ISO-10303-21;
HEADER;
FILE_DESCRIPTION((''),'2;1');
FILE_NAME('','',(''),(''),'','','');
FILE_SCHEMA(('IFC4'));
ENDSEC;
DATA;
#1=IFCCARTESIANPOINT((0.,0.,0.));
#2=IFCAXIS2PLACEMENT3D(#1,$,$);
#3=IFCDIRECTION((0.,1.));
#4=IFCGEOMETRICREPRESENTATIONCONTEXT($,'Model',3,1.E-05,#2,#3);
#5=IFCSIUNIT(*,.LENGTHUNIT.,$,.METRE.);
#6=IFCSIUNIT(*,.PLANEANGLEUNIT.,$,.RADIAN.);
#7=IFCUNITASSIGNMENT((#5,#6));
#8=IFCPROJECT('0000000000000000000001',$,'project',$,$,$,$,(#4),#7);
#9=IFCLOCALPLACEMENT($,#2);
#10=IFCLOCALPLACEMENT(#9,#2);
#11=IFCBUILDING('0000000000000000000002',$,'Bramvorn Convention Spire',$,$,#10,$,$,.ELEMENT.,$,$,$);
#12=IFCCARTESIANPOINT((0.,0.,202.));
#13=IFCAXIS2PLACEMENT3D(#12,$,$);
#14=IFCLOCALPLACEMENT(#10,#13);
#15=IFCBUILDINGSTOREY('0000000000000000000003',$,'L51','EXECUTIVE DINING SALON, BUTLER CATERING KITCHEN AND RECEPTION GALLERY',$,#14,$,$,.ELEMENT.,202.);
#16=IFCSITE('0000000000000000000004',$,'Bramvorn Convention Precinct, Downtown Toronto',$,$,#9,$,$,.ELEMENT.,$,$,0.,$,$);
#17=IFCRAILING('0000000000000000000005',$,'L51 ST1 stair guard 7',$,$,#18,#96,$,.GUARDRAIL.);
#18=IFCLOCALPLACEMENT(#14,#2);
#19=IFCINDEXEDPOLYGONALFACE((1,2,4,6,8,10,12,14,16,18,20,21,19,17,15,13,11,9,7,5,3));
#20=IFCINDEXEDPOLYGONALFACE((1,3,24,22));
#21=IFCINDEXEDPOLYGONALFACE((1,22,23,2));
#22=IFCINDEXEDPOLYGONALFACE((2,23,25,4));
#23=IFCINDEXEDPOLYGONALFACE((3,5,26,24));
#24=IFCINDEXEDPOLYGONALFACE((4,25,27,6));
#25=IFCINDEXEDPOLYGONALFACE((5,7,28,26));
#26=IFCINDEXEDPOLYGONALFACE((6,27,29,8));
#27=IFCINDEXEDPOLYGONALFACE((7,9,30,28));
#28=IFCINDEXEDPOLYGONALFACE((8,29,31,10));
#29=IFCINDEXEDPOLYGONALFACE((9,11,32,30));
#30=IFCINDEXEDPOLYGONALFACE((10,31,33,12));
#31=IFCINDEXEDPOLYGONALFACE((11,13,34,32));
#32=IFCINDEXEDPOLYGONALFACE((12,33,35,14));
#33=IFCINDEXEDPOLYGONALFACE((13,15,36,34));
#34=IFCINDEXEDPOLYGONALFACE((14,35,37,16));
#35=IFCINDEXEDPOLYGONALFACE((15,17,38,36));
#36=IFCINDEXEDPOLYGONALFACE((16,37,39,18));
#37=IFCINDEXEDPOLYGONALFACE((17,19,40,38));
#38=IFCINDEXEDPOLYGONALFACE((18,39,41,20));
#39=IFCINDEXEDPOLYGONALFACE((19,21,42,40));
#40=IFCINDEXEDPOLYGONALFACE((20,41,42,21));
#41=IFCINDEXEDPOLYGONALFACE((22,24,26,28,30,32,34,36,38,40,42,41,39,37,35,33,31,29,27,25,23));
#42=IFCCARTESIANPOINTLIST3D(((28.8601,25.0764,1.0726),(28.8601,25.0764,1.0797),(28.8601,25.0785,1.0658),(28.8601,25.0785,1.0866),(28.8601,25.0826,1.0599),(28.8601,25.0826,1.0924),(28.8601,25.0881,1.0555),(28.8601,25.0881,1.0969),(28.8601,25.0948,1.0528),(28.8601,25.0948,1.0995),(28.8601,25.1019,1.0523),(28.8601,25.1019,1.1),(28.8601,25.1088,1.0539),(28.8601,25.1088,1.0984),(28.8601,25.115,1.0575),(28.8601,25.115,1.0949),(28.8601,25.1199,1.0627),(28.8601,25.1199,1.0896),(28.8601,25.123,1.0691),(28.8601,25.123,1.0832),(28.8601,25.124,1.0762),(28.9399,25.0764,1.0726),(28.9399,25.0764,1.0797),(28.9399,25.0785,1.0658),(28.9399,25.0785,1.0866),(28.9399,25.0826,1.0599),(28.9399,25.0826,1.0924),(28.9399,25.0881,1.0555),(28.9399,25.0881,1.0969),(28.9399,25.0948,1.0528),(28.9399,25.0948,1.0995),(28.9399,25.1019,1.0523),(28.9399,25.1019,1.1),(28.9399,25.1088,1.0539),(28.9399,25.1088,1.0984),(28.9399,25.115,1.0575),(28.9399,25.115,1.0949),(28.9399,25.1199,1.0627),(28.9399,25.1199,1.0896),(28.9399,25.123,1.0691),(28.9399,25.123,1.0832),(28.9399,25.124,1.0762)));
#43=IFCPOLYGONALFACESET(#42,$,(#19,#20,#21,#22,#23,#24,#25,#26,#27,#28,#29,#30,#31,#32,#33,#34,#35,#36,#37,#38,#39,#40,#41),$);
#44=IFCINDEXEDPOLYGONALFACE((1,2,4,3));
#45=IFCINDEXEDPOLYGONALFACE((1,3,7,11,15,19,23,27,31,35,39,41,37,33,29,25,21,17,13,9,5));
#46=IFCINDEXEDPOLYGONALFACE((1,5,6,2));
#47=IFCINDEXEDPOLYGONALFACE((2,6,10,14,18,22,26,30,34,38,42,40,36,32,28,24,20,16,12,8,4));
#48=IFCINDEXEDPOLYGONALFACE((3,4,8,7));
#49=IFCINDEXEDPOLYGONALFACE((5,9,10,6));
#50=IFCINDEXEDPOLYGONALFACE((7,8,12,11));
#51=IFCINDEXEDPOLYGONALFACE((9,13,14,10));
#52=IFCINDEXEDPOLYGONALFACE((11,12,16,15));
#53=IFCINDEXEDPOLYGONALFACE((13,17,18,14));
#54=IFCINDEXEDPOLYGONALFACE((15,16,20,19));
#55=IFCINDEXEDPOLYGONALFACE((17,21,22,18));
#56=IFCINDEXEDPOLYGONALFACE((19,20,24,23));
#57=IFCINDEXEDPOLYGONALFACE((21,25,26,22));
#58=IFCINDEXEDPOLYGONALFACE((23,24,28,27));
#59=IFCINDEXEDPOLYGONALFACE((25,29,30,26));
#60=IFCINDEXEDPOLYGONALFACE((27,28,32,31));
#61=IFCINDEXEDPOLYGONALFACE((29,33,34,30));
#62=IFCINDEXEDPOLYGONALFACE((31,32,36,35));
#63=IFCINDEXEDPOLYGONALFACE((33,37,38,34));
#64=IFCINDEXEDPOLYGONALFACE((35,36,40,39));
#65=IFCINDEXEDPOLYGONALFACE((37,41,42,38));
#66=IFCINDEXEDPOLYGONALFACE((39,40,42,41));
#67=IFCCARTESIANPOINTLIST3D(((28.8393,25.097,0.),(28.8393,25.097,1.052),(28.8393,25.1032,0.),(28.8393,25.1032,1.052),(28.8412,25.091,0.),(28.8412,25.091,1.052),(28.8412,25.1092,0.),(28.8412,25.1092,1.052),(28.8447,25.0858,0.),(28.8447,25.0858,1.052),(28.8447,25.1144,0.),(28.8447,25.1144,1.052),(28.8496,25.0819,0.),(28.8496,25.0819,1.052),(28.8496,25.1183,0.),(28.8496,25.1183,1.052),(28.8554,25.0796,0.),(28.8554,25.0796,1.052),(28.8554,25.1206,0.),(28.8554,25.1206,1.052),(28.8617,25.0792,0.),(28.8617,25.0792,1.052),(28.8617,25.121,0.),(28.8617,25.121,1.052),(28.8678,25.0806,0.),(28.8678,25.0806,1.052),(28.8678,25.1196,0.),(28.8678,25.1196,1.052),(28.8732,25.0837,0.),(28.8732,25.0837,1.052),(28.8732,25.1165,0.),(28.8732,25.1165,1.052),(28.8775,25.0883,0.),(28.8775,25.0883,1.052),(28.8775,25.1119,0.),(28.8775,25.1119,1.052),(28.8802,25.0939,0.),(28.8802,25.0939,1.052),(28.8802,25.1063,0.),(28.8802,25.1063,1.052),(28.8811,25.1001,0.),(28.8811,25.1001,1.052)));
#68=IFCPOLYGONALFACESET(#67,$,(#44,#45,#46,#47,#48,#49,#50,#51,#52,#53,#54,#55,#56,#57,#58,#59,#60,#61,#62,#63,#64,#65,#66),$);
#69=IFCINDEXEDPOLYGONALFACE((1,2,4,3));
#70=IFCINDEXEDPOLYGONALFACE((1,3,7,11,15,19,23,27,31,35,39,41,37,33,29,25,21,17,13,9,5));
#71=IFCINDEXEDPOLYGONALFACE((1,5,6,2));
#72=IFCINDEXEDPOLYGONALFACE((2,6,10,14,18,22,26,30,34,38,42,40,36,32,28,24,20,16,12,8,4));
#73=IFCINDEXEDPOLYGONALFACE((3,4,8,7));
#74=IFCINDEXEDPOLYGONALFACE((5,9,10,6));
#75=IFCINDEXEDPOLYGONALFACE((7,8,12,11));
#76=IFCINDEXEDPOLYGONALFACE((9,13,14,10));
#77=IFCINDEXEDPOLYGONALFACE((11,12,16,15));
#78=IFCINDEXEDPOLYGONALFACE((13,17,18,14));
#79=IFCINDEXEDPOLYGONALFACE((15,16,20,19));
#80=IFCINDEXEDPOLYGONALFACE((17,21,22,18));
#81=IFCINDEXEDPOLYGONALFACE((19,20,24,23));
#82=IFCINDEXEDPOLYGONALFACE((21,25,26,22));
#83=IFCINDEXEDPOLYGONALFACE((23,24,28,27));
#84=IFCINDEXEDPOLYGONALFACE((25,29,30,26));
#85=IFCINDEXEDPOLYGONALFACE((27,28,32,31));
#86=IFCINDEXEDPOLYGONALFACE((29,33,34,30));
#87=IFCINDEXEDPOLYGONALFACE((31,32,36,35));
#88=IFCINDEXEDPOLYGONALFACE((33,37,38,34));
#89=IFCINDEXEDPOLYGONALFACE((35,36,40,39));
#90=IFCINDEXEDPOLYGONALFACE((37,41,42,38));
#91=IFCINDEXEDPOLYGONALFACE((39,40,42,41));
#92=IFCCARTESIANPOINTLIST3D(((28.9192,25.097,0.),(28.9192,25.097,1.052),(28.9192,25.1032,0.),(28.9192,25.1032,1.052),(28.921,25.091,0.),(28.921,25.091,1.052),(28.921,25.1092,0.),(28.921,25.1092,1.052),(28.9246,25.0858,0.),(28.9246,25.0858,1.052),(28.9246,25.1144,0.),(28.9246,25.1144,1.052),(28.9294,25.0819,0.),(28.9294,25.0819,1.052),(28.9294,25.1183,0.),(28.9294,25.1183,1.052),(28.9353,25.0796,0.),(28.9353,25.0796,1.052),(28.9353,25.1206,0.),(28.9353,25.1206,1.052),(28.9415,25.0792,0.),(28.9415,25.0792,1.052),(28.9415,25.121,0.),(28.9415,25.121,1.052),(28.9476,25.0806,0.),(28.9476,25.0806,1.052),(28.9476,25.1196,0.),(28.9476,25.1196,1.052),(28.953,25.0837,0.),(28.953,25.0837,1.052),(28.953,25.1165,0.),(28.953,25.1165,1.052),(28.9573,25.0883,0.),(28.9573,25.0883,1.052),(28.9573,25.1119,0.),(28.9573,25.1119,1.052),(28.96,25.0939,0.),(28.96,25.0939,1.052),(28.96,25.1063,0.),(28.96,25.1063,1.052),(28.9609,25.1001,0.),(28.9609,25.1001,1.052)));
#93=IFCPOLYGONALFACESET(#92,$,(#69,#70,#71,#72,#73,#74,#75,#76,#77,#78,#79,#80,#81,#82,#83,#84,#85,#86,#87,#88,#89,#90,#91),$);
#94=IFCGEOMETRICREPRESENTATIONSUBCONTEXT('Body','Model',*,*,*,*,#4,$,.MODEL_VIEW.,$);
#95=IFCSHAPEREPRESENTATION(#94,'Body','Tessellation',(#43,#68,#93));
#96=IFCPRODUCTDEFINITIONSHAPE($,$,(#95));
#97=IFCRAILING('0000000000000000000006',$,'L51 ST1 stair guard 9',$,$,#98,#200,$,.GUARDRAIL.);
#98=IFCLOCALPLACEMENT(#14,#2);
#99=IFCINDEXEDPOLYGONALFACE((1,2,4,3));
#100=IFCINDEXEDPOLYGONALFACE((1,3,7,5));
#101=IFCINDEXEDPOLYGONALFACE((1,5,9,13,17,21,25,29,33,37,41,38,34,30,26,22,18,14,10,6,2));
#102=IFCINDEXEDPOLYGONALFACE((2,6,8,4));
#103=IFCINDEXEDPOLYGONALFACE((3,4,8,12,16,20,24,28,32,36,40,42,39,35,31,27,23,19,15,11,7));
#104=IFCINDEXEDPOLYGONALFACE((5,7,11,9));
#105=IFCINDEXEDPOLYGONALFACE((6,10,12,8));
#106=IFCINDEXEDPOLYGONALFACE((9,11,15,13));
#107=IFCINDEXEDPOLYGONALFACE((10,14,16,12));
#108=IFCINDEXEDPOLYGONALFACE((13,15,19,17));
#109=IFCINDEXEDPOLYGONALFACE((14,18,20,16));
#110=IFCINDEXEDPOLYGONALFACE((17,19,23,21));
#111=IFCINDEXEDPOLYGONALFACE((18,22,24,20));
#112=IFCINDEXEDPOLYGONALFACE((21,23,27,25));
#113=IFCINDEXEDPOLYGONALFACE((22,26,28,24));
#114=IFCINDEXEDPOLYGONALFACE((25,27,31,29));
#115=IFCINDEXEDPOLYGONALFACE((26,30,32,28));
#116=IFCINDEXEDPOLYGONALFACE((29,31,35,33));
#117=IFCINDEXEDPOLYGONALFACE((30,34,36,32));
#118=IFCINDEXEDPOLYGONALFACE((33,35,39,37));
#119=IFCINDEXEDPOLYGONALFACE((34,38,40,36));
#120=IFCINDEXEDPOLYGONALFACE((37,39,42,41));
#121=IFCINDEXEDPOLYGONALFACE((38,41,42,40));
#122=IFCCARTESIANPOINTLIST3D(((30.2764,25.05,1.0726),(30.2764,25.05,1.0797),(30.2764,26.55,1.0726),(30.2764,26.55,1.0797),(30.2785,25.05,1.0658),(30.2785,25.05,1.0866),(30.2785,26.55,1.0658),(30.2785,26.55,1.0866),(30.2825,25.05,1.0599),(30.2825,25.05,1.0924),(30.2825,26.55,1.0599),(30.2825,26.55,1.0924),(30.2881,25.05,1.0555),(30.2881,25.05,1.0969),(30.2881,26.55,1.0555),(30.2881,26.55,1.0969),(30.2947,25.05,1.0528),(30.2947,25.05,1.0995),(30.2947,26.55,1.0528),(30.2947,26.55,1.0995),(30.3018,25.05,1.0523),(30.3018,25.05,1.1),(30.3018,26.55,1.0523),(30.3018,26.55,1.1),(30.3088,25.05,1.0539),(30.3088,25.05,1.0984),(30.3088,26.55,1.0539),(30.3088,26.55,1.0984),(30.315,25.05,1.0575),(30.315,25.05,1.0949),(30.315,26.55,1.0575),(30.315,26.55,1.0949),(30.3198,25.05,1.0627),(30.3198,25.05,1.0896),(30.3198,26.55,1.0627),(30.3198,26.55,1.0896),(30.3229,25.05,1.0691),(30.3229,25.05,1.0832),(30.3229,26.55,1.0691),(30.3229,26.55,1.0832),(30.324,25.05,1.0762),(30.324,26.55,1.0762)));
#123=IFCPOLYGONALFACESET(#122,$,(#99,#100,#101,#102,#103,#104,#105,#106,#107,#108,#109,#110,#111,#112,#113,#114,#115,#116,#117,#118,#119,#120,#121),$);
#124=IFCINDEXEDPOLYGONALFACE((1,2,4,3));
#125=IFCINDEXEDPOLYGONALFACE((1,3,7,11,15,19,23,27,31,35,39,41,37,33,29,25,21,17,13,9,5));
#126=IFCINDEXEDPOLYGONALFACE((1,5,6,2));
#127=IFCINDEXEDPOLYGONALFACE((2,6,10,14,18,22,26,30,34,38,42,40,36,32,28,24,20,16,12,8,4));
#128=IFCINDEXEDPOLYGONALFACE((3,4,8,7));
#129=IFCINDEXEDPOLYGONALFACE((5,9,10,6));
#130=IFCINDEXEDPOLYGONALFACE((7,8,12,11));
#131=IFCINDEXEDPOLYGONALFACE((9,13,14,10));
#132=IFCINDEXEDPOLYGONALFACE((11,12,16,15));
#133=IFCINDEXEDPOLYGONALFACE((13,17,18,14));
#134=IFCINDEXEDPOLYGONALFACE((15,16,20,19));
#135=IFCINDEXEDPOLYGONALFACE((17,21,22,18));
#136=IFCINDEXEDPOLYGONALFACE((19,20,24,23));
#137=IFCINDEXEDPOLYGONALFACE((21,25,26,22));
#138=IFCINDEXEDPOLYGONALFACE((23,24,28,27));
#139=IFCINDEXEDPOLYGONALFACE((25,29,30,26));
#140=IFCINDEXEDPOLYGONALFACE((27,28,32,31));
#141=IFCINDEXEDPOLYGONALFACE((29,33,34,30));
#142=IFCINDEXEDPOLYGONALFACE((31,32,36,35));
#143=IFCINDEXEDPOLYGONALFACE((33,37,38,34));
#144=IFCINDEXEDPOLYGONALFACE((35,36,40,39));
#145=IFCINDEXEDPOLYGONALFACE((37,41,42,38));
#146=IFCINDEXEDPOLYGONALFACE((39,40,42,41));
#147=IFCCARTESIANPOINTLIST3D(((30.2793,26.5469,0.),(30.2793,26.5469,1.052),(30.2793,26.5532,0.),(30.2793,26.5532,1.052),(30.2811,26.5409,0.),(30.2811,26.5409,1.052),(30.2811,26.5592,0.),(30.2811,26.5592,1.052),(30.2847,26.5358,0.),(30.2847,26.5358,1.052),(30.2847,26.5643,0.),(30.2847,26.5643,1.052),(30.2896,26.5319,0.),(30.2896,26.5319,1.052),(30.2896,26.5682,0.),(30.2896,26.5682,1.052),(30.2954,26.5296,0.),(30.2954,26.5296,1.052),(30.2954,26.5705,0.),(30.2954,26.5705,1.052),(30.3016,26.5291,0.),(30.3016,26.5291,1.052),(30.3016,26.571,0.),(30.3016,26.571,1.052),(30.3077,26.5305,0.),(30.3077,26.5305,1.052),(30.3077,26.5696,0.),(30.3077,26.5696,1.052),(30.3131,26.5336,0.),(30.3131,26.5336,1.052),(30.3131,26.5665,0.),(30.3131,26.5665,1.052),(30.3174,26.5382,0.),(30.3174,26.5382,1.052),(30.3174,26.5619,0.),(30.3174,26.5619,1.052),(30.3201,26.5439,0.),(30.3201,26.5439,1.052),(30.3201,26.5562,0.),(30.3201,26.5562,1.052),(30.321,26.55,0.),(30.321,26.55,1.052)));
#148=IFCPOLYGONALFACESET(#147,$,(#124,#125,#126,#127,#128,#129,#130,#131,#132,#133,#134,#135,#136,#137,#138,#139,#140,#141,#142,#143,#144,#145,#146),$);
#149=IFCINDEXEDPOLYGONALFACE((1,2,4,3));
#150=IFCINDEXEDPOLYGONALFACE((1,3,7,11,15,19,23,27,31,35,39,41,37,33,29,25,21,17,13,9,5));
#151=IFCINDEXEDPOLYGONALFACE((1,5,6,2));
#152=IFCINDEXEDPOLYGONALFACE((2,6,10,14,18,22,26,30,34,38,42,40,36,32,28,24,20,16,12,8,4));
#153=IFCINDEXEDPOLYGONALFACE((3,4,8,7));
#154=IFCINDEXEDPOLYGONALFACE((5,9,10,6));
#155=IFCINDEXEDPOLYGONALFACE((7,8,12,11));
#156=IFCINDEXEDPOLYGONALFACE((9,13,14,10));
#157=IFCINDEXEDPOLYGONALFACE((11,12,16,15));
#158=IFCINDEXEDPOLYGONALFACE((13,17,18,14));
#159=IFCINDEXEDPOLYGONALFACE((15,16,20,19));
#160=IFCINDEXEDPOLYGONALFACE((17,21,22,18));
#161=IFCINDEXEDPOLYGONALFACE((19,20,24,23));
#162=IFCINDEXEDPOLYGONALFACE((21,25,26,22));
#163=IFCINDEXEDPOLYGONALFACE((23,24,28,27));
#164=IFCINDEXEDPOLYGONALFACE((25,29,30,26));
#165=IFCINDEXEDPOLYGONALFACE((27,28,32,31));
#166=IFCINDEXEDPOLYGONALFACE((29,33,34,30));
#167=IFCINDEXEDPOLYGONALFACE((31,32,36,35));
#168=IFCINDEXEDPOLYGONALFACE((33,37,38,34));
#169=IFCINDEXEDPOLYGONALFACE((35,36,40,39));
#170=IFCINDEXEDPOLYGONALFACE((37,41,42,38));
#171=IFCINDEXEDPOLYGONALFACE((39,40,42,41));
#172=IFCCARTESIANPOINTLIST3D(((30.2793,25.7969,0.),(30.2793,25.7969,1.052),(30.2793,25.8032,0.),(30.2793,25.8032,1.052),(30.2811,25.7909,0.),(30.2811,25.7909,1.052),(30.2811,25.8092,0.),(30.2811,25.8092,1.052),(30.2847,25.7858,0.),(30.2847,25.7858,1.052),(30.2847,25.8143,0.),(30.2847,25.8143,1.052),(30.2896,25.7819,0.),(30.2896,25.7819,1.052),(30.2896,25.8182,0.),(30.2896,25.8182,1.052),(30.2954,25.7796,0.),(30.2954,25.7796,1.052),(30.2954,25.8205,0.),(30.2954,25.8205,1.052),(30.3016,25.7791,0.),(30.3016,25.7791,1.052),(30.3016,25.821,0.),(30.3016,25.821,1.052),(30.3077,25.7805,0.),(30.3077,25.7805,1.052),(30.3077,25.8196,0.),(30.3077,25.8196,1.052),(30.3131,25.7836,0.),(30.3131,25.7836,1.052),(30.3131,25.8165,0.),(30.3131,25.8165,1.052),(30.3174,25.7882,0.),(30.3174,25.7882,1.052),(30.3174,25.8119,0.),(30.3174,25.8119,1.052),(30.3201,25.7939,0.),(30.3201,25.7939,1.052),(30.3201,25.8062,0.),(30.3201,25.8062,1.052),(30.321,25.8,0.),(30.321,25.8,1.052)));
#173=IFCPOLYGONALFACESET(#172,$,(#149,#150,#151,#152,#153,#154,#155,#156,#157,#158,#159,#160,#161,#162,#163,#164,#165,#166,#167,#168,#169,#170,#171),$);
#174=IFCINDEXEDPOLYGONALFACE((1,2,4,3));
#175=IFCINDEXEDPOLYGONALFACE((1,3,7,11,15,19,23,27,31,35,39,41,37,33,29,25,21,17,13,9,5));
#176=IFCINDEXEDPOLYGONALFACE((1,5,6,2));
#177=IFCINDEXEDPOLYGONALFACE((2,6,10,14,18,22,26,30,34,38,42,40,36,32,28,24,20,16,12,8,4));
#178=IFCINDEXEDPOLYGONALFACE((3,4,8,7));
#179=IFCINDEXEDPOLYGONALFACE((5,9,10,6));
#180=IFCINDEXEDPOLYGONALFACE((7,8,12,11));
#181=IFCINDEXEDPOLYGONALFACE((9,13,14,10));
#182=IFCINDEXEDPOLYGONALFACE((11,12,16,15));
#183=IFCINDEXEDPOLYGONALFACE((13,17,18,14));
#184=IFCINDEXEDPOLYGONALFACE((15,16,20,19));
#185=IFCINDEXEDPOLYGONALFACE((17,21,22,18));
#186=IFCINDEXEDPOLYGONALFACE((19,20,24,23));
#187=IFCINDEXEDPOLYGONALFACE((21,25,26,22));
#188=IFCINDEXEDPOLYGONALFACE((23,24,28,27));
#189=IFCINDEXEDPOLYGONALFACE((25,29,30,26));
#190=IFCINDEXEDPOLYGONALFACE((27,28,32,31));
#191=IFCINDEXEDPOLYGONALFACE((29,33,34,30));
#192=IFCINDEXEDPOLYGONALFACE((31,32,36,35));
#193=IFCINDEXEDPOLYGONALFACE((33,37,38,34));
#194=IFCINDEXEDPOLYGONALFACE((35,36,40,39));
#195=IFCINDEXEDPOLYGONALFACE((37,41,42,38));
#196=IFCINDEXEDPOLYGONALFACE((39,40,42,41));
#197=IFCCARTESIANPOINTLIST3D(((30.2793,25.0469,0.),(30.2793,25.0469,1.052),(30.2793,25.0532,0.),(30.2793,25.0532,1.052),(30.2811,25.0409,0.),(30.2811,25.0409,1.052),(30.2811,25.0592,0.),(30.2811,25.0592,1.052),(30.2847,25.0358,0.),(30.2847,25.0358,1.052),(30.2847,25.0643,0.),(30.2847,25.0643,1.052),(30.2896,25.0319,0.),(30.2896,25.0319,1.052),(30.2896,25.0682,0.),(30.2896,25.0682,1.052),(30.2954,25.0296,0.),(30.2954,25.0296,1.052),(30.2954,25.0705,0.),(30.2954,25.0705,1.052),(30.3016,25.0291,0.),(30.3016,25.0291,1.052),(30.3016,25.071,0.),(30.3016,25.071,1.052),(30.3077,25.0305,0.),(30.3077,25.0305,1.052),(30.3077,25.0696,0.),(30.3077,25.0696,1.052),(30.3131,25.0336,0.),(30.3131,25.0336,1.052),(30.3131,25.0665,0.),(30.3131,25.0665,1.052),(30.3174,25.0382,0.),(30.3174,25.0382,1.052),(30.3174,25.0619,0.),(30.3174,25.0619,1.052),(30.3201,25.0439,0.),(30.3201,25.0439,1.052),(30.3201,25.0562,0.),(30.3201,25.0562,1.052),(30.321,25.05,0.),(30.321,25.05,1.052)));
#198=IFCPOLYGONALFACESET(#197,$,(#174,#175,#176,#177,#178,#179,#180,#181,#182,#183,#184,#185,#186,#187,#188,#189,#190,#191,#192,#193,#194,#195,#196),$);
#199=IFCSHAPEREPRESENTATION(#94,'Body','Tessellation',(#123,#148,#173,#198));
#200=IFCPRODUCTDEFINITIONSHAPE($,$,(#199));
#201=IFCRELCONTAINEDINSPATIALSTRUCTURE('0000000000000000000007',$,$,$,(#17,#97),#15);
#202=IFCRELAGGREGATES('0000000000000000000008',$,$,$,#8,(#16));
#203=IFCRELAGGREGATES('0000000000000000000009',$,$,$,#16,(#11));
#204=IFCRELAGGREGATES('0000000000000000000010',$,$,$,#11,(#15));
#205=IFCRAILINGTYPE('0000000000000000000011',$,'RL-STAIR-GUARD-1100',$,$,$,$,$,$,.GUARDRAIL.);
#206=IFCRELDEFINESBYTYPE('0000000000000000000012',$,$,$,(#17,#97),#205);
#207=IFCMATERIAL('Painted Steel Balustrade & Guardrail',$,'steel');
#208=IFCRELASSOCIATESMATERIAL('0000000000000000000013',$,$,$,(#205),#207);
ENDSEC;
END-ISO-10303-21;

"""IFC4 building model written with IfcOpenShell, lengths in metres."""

from ifc_helpers import new_model, si_unit, direction, frame, origin, origin_2d, place, context, subcontext, project, spatial, circle, extrude, material, type_object, element, save


model = new_model("IFC4")

# Units and contexts
model_context = context("Model", 3, precision=1e-05, world=origin(), true_north=direction((0.0, 1.0)))
body_context = subcontext(model_context, "Body", "Model", "MODEL_VIEW")
ifc_project = project(units=[si_unit("LENGTHUNIT", "METRE"), si_unit("PLANEANGLEUNIT", "RADIAN")], contexts=[model_context])

# Site, building, storey
site_placement = place(None, origin())
site = spatial("IfcSite", under=ifc_project, at=site_placement, Name="Bramvorn Convention Precinct, Downtown Toronto", CompositionType="ELEMENT", RefElevation=0.0)
building_placement = place(site_placement, origin())
building = spatial("IfcBuilding", under=site, at=building_placement, Name="Bramvorn Convention Spire", CompositionType="ELEMENT")
storey_placement = place(building_placement, frame((0.0, 0.0, 202.0)))
storey = spatial("IfcBuildingStorey", under=building, at=storey_placement, Name="L51", Description="EXECUTIVE DINING SALON, BUTLER CATERING KITCHEN AND RECEPTION GALLERY", CompositionType="ELEMENT", Elevation=202.0)

# Railings
ifc_material_1 = material(Name="Painted Steel Balustrade & Guardrail", Category="steel")
railing_type_1 = type_object("IfcRailingType", Name="RL-STAIR-GUARD-1100", PredefinedType="GUARDRAIL", material=ifc_material_1)
railing_1_placement = place(storey_placement, frame((28.8601, 25.1001, 0.0)))
element("IfcRailing", 1, at=railing_1_placement, inside=storey, type_object=railing_type_1, Name="L51 ST1 stair guard 7", PredefinedType="GUARDRAIL", context=body_context, shape_type="SweptSolid", body=[
    extrude(circle(Radius=0.0239, at=origin_2d()), frame((0.0, 0.0, 1.0762), z_axis=(1.0, 0.0, 0.0), x_axis=(0.0, 1.0, 0.0)), (0.0, 0.0, 1.0), 0.0798),
    extrude(circle(Radius=0.021, at=origin_2d()), origin(), (0.0, 0.0, 1.0), 1.052),
    extrude(circle(Radius=0.021, at=origin_2d()), frame((0.0798, 0.0, 0.0)), (0.0, 0.0, 1.0), 1.052),
])
railing_2_placement = place(storey_placement, frame((30.3, 26.55, 0.0)))
element("IfcRailing", 2, at=railing_2_placement, inside=storey, type_object=railing_type_1, Name="L51 ST1 stair guard 9", PredefinedType="GUARDRAIL", context=body_context, shape_type="SweptSolid", body=[
    extrude(circle(Radius=0.0239, at=origin_2d()), frame((0.0, 0.0, 1.0762), z_axis=(0.0, -1.0, 0.0), x_axis=(1.0, 0.0, 0.0)), (0.0, 0.0, 1.0), 1.5),
    extrude(circle(Radius=0.021, at=origin_2d()), origin(), (0.0, 0.0, 1.0), 1.052),
    extrude(circle(Radius=0.021, at=origin_2d()), frame((0.0, -0.75, 0.0)), (0.0, 0.0, 1.0), 1.052),
    extrude(circle(Radius=0.021, at=origin_2d()), frame((0.0, -1.5, 0.0)), (0.0, 0.0, 1.0), 1.052),
])

save(model, "model.ifc")
